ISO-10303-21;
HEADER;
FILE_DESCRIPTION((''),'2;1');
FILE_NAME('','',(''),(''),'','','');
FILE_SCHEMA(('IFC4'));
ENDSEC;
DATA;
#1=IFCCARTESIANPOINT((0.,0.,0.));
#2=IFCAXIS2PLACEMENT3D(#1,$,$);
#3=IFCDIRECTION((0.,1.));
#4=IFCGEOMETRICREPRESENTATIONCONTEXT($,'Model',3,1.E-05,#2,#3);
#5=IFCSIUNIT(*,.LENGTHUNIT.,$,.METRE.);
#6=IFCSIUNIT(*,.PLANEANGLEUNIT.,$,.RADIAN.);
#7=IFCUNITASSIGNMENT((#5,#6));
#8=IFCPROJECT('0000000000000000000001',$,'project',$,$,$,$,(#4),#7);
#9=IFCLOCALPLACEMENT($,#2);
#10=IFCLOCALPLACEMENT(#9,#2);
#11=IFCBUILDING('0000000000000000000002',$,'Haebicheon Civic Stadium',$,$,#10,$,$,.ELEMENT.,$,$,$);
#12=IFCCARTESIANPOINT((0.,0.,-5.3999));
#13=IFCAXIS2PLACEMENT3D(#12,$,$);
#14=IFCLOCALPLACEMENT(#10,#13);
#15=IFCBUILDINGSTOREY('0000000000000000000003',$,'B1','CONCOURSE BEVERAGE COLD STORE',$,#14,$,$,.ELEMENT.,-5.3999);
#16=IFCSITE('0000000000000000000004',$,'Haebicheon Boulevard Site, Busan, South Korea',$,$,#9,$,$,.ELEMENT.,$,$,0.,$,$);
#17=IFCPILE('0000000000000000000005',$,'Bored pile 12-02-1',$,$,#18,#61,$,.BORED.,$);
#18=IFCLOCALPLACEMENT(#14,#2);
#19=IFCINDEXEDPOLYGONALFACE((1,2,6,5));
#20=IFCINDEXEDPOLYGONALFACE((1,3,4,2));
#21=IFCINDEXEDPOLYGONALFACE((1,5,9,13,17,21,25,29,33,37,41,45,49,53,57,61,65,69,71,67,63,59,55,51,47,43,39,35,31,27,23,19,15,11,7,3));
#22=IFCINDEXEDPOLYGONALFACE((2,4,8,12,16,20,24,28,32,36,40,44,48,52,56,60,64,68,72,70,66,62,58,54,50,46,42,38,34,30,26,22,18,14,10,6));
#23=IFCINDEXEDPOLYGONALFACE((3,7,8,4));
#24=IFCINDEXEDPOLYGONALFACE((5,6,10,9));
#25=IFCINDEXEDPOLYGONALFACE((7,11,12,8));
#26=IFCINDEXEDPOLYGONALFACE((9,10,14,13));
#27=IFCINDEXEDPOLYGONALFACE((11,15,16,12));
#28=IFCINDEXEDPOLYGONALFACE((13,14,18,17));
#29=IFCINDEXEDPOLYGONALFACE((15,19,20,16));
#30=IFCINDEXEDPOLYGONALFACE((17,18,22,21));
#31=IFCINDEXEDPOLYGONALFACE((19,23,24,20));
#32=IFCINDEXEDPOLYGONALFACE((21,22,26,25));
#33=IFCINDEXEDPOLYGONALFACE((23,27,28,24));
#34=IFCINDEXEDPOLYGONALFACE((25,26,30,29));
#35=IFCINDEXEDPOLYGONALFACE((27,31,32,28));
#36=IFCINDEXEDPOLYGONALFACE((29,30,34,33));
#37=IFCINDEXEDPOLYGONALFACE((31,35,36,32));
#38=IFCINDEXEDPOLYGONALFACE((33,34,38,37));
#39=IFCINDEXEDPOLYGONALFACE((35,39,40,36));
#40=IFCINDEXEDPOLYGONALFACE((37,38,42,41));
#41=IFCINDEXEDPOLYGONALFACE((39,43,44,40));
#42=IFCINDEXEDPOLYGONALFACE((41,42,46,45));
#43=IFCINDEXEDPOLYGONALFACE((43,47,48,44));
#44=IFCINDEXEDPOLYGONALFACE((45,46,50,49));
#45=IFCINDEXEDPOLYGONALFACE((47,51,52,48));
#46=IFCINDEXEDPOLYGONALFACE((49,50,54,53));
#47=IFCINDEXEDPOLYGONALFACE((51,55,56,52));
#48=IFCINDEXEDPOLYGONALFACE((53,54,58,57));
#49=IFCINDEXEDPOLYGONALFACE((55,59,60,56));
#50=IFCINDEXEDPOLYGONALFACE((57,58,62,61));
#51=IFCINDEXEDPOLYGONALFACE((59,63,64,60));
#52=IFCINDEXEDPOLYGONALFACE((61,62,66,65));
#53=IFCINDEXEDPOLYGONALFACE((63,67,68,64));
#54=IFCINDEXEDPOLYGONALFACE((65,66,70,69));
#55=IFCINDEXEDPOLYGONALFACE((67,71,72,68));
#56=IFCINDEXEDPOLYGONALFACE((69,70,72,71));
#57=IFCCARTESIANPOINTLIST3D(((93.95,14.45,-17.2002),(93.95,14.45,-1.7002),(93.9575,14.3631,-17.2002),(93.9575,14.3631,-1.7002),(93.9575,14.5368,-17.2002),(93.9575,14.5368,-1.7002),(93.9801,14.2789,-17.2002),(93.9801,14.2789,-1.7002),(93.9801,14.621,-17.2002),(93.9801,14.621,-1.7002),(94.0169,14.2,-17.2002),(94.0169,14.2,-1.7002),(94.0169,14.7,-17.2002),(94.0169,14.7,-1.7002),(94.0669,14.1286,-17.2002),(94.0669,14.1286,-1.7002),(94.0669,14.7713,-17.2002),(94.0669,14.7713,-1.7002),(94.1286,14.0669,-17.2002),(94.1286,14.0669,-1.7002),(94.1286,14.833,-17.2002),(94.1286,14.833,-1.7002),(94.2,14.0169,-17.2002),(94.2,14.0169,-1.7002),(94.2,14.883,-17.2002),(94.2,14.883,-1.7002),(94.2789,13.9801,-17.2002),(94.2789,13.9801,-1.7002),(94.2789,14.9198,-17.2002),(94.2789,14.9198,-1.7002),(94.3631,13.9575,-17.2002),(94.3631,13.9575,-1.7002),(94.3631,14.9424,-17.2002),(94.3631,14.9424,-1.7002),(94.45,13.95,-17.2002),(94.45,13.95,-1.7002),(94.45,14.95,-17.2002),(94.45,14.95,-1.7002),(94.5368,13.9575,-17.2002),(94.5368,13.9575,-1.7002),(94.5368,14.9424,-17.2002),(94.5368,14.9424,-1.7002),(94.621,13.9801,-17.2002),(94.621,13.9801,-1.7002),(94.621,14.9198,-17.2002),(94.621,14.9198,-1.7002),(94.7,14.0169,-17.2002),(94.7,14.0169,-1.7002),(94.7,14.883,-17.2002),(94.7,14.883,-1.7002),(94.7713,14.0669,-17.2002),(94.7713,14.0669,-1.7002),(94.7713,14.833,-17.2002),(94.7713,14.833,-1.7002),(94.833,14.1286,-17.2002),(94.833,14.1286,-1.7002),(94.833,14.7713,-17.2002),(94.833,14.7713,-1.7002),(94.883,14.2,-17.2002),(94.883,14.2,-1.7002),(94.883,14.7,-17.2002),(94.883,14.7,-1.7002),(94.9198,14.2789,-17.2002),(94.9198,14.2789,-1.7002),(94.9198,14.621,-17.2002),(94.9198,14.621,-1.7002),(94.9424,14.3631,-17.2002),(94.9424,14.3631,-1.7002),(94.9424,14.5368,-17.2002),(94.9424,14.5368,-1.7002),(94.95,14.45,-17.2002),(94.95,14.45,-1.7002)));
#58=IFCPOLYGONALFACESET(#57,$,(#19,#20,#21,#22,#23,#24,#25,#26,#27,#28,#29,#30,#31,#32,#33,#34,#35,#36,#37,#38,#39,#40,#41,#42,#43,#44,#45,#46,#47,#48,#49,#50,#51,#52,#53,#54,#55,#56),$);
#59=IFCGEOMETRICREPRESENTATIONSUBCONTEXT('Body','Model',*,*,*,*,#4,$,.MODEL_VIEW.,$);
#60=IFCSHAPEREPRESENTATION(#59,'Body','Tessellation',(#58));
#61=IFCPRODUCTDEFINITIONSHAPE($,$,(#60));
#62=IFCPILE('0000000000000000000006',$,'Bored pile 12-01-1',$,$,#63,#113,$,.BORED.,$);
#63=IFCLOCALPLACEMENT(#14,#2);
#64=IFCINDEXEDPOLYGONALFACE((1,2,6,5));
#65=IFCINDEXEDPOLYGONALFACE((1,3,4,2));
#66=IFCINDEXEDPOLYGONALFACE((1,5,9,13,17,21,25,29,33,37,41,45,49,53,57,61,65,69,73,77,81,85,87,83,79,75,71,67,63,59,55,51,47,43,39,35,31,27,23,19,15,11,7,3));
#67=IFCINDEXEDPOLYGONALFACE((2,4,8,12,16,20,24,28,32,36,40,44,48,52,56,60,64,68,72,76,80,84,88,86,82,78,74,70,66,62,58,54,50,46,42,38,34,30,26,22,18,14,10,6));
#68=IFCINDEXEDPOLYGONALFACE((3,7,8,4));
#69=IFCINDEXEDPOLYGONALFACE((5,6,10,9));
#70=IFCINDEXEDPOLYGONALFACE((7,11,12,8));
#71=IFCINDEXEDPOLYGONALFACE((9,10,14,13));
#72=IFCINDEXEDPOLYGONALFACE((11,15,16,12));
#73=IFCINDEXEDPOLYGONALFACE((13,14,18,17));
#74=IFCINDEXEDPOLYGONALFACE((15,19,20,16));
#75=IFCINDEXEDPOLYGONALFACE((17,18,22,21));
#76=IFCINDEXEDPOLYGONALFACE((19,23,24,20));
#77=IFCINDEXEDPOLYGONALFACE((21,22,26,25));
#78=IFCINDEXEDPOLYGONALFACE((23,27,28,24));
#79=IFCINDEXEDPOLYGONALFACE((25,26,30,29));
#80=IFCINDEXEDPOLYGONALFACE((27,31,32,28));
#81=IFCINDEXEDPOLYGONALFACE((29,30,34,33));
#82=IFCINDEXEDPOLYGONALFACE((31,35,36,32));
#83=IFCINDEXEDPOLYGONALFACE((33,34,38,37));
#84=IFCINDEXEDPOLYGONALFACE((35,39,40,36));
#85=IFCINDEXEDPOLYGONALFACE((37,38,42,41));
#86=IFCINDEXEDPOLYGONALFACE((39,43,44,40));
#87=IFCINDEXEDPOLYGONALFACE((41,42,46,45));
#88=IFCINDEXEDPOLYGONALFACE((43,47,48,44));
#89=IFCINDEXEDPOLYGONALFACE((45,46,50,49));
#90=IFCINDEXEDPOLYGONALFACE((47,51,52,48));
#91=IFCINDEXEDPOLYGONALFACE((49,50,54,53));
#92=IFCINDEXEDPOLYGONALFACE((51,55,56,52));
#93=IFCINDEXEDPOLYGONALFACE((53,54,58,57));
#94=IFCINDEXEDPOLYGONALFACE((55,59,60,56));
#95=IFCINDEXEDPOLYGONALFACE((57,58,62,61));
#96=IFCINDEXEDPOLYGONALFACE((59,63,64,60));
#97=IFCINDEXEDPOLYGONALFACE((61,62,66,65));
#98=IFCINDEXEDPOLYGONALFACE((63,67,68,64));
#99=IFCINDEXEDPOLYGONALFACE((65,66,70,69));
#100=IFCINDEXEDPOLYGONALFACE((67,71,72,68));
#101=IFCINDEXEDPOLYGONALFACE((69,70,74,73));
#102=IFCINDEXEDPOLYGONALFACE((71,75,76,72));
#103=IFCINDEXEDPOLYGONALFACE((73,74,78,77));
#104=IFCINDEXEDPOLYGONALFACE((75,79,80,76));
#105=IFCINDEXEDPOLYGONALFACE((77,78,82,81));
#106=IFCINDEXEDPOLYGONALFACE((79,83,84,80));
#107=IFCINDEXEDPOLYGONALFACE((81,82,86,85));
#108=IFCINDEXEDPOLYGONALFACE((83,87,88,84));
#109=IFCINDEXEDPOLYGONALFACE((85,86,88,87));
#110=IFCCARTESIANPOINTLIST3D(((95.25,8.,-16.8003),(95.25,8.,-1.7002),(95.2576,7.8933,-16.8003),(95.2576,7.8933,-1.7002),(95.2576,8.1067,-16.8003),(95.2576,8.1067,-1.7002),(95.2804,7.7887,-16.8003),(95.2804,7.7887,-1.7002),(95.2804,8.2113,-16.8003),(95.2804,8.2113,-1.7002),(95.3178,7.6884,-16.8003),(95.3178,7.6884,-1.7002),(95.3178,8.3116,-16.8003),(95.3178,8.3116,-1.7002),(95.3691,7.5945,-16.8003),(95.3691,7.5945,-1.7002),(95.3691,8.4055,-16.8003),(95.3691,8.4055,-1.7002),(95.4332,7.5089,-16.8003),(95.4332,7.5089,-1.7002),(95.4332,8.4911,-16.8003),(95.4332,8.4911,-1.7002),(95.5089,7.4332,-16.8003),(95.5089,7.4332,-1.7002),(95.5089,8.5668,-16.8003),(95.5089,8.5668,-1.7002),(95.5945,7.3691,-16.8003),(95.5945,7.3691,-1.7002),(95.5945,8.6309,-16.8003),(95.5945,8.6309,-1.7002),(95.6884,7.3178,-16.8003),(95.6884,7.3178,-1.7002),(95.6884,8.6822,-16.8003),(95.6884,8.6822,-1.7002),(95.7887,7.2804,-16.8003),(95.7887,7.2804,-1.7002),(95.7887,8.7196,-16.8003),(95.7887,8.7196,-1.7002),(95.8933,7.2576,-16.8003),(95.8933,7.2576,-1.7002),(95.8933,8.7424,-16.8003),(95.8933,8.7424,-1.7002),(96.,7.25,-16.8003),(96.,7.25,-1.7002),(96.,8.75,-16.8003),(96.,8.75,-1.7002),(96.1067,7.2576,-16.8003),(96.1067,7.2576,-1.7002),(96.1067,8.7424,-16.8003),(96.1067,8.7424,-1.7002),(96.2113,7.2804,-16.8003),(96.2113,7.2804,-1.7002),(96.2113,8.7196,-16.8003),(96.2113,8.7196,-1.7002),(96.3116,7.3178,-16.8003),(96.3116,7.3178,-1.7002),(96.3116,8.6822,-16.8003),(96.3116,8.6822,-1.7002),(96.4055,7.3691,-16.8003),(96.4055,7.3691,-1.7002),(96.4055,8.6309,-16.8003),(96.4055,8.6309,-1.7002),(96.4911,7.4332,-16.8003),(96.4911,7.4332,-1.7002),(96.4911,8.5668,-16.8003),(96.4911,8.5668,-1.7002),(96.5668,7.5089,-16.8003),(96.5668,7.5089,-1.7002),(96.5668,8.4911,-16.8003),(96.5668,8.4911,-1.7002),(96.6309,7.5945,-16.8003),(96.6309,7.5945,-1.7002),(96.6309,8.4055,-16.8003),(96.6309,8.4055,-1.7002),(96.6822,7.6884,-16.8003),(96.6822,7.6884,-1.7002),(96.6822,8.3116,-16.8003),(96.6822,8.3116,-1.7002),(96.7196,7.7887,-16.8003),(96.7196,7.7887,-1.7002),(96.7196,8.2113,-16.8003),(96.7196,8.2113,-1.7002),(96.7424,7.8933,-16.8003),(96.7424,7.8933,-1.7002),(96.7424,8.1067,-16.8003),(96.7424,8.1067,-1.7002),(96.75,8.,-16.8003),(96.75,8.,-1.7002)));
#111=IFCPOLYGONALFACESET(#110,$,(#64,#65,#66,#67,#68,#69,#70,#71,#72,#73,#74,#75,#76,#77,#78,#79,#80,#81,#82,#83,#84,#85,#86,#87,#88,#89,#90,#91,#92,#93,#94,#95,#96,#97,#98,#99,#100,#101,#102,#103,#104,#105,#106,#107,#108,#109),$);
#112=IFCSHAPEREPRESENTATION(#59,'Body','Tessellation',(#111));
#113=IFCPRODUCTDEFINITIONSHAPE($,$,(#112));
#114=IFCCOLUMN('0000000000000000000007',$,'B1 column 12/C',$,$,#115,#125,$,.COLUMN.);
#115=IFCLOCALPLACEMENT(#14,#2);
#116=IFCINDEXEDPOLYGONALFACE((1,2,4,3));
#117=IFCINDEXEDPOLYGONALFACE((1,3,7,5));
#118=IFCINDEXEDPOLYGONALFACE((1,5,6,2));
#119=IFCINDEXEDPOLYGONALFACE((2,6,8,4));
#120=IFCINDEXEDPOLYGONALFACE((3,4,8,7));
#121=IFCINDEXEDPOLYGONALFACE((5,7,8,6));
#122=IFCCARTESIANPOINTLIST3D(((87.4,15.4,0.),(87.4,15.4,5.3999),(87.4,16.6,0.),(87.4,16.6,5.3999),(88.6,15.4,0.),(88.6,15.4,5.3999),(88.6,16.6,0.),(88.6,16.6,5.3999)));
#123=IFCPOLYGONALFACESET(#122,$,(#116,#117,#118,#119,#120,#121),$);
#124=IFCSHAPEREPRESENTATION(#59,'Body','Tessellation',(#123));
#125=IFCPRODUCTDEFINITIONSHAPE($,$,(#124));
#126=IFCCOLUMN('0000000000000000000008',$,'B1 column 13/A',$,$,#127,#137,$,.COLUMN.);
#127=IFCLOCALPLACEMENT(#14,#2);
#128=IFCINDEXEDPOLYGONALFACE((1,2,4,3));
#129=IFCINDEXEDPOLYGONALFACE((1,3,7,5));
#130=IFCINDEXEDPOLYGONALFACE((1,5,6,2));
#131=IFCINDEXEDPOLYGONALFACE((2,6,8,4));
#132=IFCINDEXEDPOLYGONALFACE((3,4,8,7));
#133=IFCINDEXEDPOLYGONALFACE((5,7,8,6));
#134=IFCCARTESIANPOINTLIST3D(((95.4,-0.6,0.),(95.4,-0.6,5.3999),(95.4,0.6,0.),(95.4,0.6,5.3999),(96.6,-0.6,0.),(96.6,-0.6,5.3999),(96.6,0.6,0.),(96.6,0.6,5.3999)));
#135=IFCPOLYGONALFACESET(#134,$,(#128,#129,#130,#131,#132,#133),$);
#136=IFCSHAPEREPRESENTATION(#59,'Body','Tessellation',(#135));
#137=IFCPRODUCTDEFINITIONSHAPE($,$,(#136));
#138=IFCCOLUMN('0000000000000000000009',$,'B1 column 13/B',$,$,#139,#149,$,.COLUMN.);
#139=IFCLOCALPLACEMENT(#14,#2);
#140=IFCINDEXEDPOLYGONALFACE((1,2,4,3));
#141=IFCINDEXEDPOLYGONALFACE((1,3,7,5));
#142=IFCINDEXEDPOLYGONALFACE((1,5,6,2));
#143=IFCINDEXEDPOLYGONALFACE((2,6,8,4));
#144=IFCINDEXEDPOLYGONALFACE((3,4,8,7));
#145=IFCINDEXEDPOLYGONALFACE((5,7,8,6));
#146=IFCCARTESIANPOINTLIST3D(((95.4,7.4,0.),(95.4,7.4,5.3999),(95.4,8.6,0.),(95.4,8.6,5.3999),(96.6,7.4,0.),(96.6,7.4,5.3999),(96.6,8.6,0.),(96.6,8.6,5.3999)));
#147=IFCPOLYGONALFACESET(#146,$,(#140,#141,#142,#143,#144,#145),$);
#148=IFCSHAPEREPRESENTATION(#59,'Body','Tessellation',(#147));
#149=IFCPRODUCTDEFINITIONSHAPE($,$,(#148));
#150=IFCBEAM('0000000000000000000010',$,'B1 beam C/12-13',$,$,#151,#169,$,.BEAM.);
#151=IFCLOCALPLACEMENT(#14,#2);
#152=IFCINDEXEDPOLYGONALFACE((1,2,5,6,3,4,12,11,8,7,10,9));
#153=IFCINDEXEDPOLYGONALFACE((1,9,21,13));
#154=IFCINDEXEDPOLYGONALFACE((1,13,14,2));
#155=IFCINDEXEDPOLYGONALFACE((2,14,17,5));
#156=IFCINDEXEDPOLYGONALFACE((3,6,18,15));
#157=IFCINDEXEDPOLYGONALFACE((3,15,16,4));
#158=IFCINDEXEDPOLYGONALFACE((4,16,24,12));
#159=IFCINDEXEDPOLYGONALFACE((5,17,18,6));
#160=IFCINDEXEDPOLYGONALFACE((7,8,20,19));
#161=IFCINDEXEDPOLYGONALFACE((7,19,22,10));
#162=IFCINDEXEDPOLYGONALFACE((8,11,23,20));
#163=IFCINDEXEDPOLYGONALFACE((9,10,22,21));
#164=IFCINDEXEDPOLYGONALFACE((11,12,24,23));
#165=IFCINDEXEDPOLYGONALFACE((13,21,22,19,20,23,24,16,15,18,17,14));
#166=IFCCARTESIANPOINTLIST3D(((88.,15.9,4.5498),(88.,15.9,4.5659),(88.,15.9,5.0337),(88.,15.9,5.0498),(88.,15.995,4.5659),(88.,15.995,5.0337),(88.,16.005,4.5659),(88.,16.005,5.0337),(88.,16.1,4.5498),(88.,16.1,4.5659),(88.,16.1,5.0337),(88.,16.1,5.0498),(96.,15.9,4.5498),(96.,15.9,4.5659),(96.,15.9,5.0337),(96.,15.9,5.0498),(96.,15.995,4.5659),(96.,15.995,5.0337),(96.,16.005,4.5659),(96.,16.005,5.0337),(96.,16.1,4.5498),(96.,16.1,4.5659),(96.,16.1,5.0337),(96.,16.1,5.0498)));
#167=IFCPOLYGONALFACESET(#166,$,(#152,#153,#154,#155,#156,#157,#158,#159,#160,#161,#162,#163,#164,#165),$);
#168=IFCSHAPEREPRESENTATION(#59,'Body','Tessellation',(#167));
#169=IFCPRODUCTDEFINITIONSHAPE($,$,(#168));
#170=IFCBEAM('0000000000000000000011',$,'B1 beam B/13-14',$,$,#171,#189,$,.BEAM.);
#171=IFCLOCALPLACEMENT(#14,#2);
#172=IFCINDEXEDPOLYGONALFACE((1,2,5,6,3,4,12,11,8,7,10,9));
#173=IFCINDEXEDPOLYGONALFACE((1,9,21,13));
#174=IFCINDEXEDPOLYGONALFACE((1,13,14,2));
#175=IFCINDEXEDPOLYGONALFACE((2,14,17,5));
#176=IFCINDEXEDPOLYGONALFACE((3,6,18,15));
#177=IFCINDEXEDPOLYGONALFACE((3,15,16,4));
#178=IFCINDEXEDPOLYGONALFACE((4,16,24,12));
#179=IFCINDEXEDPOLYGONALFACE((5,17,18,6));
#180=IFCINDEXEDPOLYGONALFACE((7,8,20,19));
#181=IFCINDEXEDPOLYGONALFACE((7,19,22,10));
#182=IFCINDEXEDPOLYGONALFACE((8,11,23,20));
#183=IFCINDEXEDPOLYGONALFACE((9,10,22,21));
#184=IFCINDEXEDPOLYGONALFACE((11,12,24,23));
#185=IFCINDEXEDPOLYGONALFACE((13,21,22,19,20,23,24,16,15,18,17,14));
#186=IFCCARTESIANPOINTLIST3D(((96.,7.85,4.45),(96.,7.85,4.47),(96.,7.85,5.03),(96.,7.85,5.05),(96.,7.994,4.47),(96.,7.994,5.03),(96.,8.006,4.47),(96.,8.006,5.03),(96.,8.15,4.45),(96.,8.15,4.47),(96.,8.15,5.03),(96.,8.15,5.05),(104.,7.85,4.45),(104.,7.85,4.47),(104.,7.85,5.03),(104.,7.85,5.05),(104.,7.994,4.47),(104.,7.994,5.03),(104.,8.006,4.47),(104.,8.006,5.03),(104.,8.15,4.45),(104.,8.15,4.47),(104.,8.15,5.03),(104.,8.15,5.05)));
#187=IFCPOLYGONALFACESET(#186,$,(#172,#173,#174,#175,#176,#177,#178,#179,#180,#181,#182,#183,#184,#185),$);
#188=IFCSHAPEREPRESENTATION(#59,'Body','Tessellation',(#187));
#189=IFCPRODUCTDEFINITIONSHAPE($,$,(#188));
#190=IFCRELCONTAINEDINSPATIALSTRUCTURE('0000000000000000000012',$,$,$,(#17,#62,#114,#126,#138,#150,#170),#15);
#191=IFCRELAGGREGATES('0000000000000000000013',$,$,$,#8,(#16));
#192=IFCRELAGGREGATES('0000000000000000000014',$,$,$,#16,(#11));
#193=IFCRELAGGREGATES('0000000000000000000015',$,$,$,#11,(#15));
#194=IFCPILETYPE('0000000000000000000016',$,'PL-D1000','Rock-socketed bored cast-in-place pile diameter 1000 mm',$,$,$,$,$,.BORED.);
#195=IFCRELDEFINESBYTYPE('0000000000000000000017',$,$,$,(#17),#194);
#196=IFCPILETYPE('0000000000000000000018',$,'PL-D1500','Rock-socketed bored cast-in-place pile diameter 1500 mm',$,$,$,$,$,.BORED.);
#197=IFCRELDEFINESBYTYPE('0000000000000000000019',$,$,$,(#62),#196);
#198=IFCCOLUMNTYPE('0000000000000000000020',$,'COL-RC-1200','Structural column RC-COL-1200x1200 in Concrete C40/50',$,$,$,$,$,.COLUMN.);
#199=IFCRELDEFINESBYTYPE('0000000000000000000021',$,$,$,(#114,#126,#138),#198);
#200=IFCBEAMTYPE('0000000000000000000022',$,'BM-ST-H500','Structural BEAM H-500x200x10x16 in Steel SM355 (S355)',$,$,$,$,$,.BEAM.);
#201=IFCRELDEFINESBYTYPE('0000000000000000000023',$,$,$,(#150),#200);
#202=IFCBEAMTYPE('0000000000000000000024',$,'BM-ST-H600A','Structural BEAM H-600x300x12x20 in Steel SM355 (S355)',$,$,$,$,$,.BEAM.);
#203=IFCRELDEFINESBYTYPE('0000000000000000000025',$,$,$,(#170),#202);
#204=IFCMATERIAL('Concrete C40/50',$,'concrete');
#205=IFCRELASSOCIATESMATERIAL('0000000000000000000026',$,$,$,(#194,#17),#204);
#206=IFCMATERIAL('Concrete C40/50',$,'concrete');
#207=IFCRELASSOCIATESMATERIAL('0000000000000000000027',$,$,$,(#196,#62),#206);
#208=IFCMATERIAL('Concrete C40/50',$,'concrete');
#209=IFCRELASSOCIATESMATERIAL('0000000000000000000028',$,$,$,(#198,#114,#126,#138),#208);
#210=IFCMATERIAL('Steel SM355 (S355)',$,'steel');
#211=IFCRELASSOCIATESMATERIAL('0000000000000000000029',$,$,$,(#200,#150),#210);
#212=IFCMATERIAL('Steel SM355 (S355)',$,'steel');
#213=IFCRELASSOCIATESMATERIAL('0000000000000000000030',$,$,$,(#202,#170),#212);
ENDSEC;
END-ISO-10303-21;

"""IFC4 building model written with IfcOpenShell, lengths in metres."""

from ifc_helpers import new_model, si_unit, direction, frame, origin, origin_2d, place, context, subcontext, project, spatial, rectangle, circle, i_section, extrude, material, material_profile, profile_set, type_object, element, save


model = new_model("IFC4")

# Units and contexts
model_context = context("Model", 3, precision=1e-05, world=origin(), true_north=direction((0.0, 1.0)))
body_context = subcontext(model_context, "Body", "Model", "MODEL_VIEW")
ifc_project = project(units=[si_unit("LENGTHUNIT", "METRE"), si_unit("PLANEANGLEUNIT", "RADIAN")], contexts=[model_context])

# Site, building, storey
site_placement = place(None, origin())
site = spatial("IfcSite", under=ifc_project, at=site_placement, Name="Haebicheon Boulevard Site, Busan, South Korea", CompositionType="ELEMENT", RefElevation=0.0)
building_placement = place(site_placement, origin())
building = spatial("IfcBuilding", under=site, at=building_placement, Name="Haebicheon Civic Stadium", CompositionType="ELEMENT")
storey_placement = place(building_placement, frame((0.0, 0.0, -5.3999)))
storey = spatial("IfcBuildingStorey", under=building, at=storey_placement, Name="B1", Description="CONCOURSE BEVERAGE COLD STORE", CompositionType="ELEMENT", Elevation=-5.3999)

# Piles
ifc_material_1 = material(Name="Concrete C40/50", Category="concrete")
ifc_material_profile_1 = material_profile(ifc_material_1, circle(Radius=0.5, at=origin_2d()), Name="PILE-D1000")
ifc_profile_set_1 = profile_set([ifc_material_profile_1], Name="Concrete C40/50")
pile_type_1 = type_object("IfcPileType", Name="PL-D1000", Description="Rock-socketed bored cast-in-place pile diameter 1000 mm", PredefinedType="BORED", material=ifc_profile_set_1)
pile_1_placement = place(storey_placement, frame((94.45, 14.45, -1.7002), z_axis=(0.0, 0.0, -1.0), x_axis=(1.0, 0.0, 0.0)))
element("IfcPile", 1, at=pile_1_placement, inside=storey, type_object=pile_type_1, material=ifc_profile_set_1, Name="Bored pile 12-02-1", PredefinedType="BORED", context=body_context, shape_type="SweptSolid", body=[
    extrude(circle(Radius=0.5, at=origin_2d()), origin(), (0.0, 0.0, 1.0), 15.5),
])
ifc_material_2 = material(Name="Concrete C40/50", Category="concrete")
ifc_material_profile_2 = material_profile(ifc_material_2, circle(Radius=0.75, at=origin_2d()), Name="PILE-D1500")
ifc_profile_set_2 = profile_set([ifc_material_profile_2], Name="Concrete C40/50")
pile_type_2 = type_object("IfcPileType", Name="PL-D1500", Description="Rock-socketed bored cast-in-place pile diameter 1500 mm", PredefinedType="BORED", material=ifc_profile_set_2)
pile_2_placement = place(storey_placement, frame((96.0, 8.0, -1.7002), z_axis=(0.0, 0.0, -1.0), x_axis=(1.0, 0.0, 0.0)))
element("IfcPile", 2, at=pile_2_placement, inside=storey, type_object=pile_type_2, material=ifc_profile_set_2, Name="Bored pile 12-01-1", PredefinedType="BORED", context=body_context, shape_type="SweptSolid", body=[
    extrude(circle(Radius=0.75, at=origin_2d()), origin(), (0.0, 0.0, 1.0), 15.1001),
])

# Columns
ifc_material_3 = material(Name="Concrete C40/50", Category="concrete")
ifc_material_profile_3 = material_profile(ifc_material_3, rectangle(XDim=1.2, YDim=1.2, at=origin_2d()), Name="RC-COL-1200x1200")
ifc_profile_set_3 = profile_set([ifc_material_profile_3], Name="Concrete C40/50")
column_type = type_object("IfcColumnType", Name="COL-RC-1200", Description="Structural column RC-COL-1200x1200 in Concrete C40/50", PredefinedType="COLUMN", material=ifc_profile_set_3)
for number, where, z_axis, x_axis, name in (
    (3, (88.0, 16.0, 0.0), (0.0, 0.0, 1.0), (1.0, 0.0, 0.0), "B1 column 12/C"),
    (4, (96.0, 0.0, 0.0), (0.0, 0.0, 1.0), (1.0, 0.0, 0.0), "B1 column 13/A"),
    (5, (96.0, 8.0, 0.0), (0.0, 0.0, 1.0), (1.0, 0.0, 0.0), "B1 column 13/B"),
):
    element("IfcColumn", number, at=place(storey_placement, frame(where, z_axis=z_axis, x_axis=x_axis)), inside=storey, type_object=column_type, material=ifc_profile_set_3, Name=name, PredefinedType="COLUMN", context=body_context, shape_type="SweptSolid", body=[
        extrude(rectangle(XDim=1.2, YDim=1.2, at=origin_2d()), origin(), (0.0, 0.0, 1.0), 5.3999),
    ])

# Beams
ifc_material_4 = material(Name="Steel SM355 (S355)", Category="steel")
ifc_material_profile_4 = material_profile(ifc_material_4, i_section(OverallWidth=0.2, OverallDepth=0.5, WebThickness=0.01, FlangeThickness=0.0161, at=origin_2d()), Name="H-500x200x10x16")
ifc_profile_set_4 = profile_set([ifc_material_profile_4], Name="Steel SM355 (S355)")
beam_type_1 = type_object("IfcBeamType", Name="BM-ST-H500", Description="Structural BEAM H-500x200x10x16 in Steel SM355 (S355)", PredefinedType="BEAM", material=ifc_profile_set_4)
beam_1_placement = place(storey_placement, frame((88.0, 16.0, 4.7998), z_axis=(1.0, 0.0, 0.0), x_axis=(0.0, 1.0, 0.0)))
element("IfcBeam", 6, at=beam_1_placement, inside=storey, type_object=beam_type_1, material=ifc_profile_set_4, Name="B1 beam C/12-13", PredefinedType="BEAM", context=body_context, shape_type="SweptSolid", body=[
    extrude(i_section(OverallWidth=0.2, OverallDepth=0.5, WebThickness=0.01, FlangeThickness=0.0161, at=origin_2d()), origin(), (0.0, 0.0, 1.0), 8.0),
])
ifc_material_5 = material(Name="Steel SM355 (S355)", Category="steel")
ifc_material_profile_5 = material_profile(ifc_material_5, i_section(OverallWidth=0.3, OverallDepth=0.6001, WebThickness=0.012, FlangeThickness=0.02, at=origin_2d()), Name="H-600x300x12x20")
ifc_profile_set_5 = profile_set([ifc_material_profile_5], Name="Steel SM355 (S355)")
beam_type_2 = type_object("IfcBeamType", Name="BM-ST-H600A", Description="Structural BEAM H-600x300x12x20 in Steel SM355 (S355)", PredefinedType="BEAM", material=ifc_profile_set_5)
beam_2_placement = place(storey_placement, frame((96.0, 8.0, 4.75), z_axis=(1.0, 0.0, 0.0), x_axis=(0.0, 1.0, 0.0)))
element("IfcBeam", 7, at=beam_2_placement, inside=storey, type_object=beam_type_2, material=ifc_profile_set_5, Name="B1 beam B/13-14", PredefinedType="BEAM", context=body_context, shape_type="SweptSolid", body=[
    extrude(i_section(OverallWidth=0.3, OverallDepth=0.6001, WebThickness=0.012, FlangeThickness=0.02, at=origin_2d()), origin(), (0.0, 0.0, 1.0), 8.0),
])

save(model, "model.ifc")
